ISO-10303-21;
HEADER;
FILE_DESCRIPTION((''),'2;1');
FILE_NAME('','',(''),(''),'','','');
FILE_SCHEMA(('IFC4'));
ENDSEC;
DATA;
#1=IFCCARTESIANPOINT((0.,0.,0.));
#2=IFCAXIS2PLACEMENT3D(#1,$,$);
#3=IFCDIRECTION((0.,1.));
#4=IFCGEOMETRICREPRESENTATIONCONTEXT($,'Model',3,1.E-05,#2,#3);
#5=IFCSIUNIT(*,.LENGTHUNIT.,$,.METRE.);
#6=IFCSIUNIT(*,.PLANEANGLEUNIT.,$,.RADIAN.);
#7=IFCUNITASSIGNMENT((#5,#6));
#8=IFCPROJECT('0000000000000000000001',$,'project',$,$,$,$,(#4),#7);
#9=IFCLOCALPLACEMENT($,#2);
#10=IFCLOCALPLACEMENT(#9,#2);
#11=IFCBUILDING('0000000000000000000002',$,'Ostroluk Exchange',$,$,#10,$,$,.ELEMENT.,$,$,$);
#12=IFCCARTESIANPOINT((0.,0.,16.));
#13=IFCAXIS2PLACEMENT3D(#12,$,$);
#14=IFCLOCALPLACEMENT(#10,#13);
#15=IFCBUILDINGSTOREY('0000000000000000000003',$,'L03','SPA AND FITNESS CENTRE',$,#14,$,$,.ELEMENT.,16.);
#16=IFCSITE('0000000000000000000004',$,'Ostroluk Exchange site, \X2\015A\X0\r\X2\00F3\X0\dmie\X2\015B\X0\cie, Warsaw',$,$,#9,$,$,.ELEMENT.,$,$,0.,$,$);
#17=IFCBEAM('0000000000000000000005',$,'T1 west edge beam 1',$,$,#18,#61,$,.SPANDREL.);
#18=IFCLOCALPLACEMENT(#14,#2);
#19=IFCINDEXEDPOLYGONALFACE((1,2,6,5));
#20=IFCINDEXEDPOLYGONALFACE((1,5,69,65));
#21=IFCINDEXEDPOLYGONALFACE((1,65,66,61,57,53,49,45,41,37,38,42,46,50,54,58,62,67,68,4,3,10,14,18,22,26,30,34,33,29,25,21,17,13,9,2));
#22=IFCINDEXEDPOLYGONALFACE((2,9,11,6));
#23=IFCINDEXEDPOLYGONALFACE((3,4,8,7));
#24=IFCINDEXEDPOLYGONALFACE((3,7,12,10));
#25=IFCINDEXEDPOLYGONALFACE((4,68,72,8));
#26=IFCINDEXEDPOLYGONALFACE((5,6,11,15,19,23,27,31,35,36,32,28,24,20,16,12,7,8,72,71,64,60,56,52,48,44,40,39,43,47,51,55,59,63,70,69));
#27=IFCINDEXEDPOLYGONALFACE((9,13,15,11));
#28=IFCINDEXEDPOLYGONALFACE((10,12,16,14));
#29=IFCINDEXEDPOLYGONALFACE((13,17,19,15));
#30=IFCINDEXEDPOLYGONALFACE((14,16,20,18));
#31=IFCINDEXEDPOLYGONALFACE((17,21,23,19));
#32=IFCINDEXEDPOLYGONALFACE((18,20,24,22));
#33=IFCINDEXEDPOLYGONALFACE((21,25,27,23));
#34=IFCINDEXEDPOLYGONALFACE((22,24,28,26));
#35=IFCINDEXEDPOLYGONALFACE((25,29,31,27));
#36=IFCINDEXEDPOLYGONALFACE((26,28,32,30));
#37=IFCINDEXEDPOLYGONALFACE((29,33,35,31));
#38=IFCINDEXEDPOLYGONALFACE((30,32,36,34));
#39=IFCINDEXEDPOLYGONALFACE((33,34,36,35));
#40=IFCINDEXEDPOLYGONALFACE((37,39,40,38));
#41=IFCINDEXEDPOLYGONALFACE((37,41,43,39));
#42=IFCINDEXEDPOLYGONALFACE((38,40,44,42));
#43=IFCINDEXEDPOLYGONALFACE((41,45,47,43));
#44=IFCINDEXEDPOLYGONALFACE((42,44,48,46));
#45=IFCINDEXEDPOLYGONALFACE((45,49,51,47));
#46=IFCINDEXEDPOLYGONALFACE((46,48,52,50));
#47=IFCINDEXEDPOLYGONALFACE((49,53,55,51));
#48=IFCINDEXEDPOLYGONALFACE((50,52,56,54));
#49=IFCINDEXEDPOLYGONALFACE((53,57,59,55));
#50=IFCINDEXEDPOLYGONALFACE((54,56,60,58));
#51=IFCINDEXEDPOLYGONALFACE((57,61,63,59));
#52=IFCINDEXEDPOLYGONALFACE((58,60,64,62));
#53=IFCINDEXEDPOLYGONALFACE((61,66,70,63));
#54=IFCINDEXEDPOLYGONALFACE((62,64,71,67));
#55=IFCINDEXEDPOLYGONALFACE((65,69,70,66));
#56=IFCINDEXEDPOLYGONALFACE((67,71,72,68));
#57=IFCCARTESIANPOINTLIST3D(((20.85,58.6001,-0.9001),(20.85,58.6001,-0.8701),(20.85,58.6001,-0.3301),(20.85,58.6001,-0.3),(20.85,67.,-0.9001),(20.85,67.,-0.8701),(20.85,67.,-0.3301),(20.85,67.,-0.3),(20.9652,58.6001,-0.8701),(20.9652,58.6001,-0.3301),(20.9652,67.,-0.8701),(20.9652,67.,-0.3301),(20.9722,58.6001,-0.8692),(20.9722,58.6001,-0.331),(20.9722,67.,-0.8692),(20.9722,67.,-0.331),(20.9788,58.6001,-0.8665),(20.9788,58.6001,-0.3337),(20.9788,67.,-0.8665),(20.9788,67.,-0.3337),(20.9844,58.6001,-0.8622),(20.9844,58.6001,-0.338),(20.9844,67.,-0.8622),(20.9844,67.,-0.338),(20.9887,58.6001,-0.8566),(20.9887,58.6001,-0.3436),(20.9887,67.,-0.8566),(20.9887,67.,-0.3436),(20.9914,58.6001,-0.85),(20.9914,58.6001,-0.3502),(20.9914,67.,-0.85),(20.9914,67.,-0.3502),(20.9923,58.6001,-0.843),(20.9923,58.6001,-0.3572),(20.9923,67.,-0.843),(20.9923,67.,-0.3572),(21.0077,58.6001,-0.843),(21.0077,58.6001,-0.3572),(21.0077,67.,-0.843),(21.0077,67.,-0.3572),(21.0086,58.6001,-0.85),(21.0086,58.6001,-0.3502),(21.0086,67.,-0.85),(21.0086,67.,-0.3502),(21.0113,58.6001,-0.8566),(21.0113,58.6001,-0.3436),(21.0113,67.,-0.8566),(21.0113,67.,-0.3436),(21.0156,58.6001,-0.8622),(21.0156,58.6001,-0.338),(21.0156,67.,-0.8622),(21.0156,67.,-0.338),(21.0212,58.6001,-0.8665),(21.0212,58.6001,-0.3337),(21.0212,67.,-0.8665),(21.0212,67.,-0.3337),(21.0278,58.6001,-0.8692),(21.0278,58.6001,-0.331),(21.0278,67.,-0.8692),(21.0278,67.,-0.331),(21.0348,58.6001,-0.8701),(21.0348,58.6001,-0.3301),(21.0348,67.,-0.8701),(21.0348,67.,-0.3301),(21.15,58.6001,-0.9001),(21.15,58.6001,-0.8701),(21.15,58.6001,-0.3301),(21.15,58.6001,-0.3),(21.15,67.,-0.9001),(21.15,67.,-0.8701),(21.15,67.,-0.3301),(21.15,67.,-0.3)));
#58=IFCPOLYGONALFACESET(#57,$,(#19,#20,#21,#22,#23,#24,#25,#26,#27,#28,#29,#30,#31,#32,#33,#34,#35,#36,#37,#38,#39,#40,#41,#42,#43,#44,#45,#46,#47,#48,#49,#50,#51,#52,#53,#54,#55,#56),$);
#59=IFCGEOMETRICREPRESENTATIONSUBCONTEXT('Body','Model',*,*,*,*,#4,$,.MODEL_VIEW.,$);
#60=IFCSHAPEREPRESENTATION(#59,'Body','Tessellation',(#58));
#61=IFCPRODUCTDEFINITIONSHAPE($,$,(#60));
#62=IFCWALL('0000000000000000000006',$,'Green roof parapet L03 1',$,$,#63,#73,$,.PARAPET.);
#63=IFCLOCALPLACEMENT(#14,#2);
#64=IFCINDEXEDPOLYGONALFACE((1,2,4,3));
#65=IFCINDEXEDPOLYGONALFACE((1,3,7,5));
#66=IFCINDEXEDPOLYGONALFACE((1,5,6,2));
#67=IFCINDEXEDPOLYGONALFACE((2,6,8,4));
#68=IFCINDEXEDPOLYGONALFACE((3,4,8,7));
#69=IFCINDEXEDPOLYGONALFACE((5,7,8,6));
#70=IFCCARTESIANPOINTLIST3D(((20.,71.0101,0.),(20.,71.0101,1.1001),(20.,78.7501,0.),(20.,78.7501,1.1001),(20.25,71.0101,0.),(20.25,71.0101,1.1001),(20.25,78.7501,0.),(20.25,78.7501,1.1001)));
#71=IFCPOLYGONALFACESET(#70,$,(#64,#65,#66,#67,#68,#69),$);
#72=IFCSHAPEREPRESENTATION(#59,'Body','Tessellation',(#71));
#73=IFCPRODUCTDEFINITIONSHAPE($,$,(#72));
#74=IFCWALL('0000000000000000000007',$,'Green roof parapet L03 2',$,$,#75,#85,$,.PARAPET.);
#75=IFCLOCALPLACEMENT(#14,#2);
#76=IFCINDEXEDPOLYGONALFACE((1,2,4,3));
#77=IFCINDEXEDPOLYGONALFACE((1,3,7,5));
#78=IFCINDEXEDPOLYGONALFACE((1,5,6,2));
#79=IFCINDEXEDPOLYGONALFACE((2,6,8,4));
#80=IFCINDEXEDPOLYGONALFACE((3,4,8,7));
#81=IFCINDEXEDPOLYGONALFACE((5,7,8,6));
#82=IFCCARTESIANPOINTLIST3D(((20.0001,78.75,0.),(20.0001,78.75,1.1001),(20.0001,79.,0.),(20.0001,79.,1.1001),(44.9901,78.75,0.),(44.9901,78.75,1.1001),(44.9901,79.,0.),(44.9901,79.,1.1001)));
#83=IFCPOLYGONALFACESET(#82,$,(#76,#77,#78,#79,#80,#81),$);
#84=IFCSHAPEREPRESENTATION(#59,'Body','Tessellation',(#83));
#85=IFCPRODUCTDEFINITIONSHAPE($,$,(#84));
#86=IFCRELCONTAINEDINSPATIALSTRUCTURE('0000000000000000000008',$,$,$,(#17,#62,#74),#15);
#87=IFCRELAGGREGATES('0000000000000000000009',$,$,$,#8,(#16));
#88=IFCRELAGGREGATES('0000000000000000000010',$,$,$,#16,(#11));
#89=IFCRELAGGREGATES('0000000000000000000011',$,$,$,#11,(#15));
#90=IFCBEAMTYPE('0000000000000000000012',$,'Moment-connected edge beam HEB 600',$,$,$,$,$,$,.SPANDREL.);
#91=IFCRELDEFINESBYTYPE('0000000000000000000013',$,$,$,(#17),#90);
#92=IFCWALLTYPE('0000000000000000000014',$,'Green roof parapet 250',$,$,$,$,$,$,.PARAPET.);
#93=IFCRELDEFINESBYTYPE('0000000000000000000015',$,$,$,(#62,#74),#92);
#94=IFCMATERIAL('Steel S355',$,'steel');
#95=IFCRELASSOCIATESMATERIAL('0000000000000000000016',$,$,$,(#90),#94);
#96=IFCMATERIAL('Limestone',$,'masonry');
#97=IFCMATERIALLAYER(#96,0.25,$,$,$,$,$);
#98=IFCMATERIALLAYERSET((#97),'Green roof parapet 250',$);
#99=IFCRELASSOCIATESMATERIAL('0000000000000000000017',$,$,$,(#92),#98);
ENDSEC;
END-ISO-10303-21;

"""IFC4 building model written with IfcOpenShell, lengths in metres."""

from ifc_helpers import new_model, si_unit, direction, frame, frame_2d, origin, origin_2d, place, context, subcontext, project, spatial, rectangle, i_section, extrude, material, layer, layer_set, material_profile, profile_set, type_object, element, save


model = new_model("IFC4")

# Units and contexts
model_context = context("Model", 3, precision=1e-05, world=origin(), true_north=direction((0.0, 1.0)))
body_context = subcontext(model_context, "Body", "Model", "MODEL_VIEW")
ifc_project = project(units=[si_unit("LENGTHUNIT", "METRE"), si_unit("PLANEANGLEUNIT", "RADIAN")], contexts=[model_context])

# Site, building, storey
site_placement = place(None, origin())
site = spatial("IfcSite", under=ifc_project, at=site_placement, Name="Ostroluk Exchange site, Śródmieście, Warsaw", CompositionType="ELEMENT", RefElevation=0.0)
building_placement = place(site_placement, origin())
building = spatial("IfcBuilding", under=site, at=building_placement, Name="Ostroluk Exchange", CompositionType="ELEMENT")
storey_placement = place(building_placement, frame((0.0, 0.0, 16.0)))
storey = spatial("IfcBuildingStorey", under=building, at=storey_placement, Name="L03", Description="SPA AND FITNESS CENTRE", CompositionType="ELEMENT", Elevation=16.0)

# Beam
ifc_material_1 = material(Name="Steel S355", Category="steel")
ifc_material_profile_1 = material_profile(ifc_material_1, i_section(OverallWidth=0.3, OverallDepth=0.6001, WebThickness=0.0154, FlangeThickness=0.03, FilletRadius=0.0271, at=origin_2d()), Name="HEB 600")
ifc_profile_set_1 = profile_set([ifc_material_profile_1], Name="Steel S355")
beam_type_1 = type_object("IfcBeamType", Name="Moment-connected edge beam HEB 600", PredefinedType="SPANDREL", material=ifc_profile_set_1)
beam_placement = place(storey_placement, frame((21.0, 67.0, -0.6001), z_axis=(0.0, -1.0, 0.0), x_axis=(1.0, 0.0, 0.0)))
element("IfcBeam", 1, at=beam_placement, inside=storey, type_object=beam_type_1, Name="T1 west edge beam 1", PredefinedType="SPANDREL", context=body_context, shape_type="SweptSolid", body=[
    extrude(i_section(OverallWidth=0.3, OverallDepth=0.6001, WebThickness=0.0154, FlangeThickness=0.03, FilletRadius=0.0271, at=origin_2d()), origin(), (0.0, 0.0, 1.0), 8.3999),
])

# Walls
ifc_material_2 = material(Name="Limestone", Category="masonry")
ifc_layer_1 = layer(ifc_material_2, 0.25)
ifc_layer_set_1 = layer_set([ifc_layer_1], Name="Green roof parapet 250")
wall_type_1 = type_object("IfcWallType", Name="Green roof parapet 250", PredefinedType="PARAPET", material=ifc_layer_set_1)
wall_1_placement = place(storey_placement, frame((20.125, 71.01, 0.0), z_axis=(0.0, 0.0, 1.0), x_axis=(0.0, 1.0, 0.0)))
element("IfcWall", 2, at=wall_1_placement, inside=storey, type_object=wall_type_1, Name="Green roof parapet L03 1", PredefinedType="PARAPET", context=body_context, shape_type="SweptSolid", body=[
    extrude(rectangle(XDim=7.74, YDim=0.25, at=frame_2d((3.8701, 0.0))), origin(), (0.0, 0.0, 1.0), 1.1001),
])
wall_2_placement = place(storey_placement, frame((20.0, 78.875, 0.0), z_axis=(0.0, 0.0, 1.0), x_axis=(1.0, 0.0, 0.0)))
element("IfcWall", 3, at=wall_2_placement, inside=storey, type_object=wall_type_1, Name="Green roof parapet L03 2", PredefinedType="PARAPET", context=body_context, shape_type="SweptSolid", body=[
    extrude(rectangle(XDim=24.99, YDim=0.25, at=frame_2d((12.4951, 0.0))), origin(), (0.0, 0.0, 1.0), 1.1001),
])

save(model, "model.ifc")
